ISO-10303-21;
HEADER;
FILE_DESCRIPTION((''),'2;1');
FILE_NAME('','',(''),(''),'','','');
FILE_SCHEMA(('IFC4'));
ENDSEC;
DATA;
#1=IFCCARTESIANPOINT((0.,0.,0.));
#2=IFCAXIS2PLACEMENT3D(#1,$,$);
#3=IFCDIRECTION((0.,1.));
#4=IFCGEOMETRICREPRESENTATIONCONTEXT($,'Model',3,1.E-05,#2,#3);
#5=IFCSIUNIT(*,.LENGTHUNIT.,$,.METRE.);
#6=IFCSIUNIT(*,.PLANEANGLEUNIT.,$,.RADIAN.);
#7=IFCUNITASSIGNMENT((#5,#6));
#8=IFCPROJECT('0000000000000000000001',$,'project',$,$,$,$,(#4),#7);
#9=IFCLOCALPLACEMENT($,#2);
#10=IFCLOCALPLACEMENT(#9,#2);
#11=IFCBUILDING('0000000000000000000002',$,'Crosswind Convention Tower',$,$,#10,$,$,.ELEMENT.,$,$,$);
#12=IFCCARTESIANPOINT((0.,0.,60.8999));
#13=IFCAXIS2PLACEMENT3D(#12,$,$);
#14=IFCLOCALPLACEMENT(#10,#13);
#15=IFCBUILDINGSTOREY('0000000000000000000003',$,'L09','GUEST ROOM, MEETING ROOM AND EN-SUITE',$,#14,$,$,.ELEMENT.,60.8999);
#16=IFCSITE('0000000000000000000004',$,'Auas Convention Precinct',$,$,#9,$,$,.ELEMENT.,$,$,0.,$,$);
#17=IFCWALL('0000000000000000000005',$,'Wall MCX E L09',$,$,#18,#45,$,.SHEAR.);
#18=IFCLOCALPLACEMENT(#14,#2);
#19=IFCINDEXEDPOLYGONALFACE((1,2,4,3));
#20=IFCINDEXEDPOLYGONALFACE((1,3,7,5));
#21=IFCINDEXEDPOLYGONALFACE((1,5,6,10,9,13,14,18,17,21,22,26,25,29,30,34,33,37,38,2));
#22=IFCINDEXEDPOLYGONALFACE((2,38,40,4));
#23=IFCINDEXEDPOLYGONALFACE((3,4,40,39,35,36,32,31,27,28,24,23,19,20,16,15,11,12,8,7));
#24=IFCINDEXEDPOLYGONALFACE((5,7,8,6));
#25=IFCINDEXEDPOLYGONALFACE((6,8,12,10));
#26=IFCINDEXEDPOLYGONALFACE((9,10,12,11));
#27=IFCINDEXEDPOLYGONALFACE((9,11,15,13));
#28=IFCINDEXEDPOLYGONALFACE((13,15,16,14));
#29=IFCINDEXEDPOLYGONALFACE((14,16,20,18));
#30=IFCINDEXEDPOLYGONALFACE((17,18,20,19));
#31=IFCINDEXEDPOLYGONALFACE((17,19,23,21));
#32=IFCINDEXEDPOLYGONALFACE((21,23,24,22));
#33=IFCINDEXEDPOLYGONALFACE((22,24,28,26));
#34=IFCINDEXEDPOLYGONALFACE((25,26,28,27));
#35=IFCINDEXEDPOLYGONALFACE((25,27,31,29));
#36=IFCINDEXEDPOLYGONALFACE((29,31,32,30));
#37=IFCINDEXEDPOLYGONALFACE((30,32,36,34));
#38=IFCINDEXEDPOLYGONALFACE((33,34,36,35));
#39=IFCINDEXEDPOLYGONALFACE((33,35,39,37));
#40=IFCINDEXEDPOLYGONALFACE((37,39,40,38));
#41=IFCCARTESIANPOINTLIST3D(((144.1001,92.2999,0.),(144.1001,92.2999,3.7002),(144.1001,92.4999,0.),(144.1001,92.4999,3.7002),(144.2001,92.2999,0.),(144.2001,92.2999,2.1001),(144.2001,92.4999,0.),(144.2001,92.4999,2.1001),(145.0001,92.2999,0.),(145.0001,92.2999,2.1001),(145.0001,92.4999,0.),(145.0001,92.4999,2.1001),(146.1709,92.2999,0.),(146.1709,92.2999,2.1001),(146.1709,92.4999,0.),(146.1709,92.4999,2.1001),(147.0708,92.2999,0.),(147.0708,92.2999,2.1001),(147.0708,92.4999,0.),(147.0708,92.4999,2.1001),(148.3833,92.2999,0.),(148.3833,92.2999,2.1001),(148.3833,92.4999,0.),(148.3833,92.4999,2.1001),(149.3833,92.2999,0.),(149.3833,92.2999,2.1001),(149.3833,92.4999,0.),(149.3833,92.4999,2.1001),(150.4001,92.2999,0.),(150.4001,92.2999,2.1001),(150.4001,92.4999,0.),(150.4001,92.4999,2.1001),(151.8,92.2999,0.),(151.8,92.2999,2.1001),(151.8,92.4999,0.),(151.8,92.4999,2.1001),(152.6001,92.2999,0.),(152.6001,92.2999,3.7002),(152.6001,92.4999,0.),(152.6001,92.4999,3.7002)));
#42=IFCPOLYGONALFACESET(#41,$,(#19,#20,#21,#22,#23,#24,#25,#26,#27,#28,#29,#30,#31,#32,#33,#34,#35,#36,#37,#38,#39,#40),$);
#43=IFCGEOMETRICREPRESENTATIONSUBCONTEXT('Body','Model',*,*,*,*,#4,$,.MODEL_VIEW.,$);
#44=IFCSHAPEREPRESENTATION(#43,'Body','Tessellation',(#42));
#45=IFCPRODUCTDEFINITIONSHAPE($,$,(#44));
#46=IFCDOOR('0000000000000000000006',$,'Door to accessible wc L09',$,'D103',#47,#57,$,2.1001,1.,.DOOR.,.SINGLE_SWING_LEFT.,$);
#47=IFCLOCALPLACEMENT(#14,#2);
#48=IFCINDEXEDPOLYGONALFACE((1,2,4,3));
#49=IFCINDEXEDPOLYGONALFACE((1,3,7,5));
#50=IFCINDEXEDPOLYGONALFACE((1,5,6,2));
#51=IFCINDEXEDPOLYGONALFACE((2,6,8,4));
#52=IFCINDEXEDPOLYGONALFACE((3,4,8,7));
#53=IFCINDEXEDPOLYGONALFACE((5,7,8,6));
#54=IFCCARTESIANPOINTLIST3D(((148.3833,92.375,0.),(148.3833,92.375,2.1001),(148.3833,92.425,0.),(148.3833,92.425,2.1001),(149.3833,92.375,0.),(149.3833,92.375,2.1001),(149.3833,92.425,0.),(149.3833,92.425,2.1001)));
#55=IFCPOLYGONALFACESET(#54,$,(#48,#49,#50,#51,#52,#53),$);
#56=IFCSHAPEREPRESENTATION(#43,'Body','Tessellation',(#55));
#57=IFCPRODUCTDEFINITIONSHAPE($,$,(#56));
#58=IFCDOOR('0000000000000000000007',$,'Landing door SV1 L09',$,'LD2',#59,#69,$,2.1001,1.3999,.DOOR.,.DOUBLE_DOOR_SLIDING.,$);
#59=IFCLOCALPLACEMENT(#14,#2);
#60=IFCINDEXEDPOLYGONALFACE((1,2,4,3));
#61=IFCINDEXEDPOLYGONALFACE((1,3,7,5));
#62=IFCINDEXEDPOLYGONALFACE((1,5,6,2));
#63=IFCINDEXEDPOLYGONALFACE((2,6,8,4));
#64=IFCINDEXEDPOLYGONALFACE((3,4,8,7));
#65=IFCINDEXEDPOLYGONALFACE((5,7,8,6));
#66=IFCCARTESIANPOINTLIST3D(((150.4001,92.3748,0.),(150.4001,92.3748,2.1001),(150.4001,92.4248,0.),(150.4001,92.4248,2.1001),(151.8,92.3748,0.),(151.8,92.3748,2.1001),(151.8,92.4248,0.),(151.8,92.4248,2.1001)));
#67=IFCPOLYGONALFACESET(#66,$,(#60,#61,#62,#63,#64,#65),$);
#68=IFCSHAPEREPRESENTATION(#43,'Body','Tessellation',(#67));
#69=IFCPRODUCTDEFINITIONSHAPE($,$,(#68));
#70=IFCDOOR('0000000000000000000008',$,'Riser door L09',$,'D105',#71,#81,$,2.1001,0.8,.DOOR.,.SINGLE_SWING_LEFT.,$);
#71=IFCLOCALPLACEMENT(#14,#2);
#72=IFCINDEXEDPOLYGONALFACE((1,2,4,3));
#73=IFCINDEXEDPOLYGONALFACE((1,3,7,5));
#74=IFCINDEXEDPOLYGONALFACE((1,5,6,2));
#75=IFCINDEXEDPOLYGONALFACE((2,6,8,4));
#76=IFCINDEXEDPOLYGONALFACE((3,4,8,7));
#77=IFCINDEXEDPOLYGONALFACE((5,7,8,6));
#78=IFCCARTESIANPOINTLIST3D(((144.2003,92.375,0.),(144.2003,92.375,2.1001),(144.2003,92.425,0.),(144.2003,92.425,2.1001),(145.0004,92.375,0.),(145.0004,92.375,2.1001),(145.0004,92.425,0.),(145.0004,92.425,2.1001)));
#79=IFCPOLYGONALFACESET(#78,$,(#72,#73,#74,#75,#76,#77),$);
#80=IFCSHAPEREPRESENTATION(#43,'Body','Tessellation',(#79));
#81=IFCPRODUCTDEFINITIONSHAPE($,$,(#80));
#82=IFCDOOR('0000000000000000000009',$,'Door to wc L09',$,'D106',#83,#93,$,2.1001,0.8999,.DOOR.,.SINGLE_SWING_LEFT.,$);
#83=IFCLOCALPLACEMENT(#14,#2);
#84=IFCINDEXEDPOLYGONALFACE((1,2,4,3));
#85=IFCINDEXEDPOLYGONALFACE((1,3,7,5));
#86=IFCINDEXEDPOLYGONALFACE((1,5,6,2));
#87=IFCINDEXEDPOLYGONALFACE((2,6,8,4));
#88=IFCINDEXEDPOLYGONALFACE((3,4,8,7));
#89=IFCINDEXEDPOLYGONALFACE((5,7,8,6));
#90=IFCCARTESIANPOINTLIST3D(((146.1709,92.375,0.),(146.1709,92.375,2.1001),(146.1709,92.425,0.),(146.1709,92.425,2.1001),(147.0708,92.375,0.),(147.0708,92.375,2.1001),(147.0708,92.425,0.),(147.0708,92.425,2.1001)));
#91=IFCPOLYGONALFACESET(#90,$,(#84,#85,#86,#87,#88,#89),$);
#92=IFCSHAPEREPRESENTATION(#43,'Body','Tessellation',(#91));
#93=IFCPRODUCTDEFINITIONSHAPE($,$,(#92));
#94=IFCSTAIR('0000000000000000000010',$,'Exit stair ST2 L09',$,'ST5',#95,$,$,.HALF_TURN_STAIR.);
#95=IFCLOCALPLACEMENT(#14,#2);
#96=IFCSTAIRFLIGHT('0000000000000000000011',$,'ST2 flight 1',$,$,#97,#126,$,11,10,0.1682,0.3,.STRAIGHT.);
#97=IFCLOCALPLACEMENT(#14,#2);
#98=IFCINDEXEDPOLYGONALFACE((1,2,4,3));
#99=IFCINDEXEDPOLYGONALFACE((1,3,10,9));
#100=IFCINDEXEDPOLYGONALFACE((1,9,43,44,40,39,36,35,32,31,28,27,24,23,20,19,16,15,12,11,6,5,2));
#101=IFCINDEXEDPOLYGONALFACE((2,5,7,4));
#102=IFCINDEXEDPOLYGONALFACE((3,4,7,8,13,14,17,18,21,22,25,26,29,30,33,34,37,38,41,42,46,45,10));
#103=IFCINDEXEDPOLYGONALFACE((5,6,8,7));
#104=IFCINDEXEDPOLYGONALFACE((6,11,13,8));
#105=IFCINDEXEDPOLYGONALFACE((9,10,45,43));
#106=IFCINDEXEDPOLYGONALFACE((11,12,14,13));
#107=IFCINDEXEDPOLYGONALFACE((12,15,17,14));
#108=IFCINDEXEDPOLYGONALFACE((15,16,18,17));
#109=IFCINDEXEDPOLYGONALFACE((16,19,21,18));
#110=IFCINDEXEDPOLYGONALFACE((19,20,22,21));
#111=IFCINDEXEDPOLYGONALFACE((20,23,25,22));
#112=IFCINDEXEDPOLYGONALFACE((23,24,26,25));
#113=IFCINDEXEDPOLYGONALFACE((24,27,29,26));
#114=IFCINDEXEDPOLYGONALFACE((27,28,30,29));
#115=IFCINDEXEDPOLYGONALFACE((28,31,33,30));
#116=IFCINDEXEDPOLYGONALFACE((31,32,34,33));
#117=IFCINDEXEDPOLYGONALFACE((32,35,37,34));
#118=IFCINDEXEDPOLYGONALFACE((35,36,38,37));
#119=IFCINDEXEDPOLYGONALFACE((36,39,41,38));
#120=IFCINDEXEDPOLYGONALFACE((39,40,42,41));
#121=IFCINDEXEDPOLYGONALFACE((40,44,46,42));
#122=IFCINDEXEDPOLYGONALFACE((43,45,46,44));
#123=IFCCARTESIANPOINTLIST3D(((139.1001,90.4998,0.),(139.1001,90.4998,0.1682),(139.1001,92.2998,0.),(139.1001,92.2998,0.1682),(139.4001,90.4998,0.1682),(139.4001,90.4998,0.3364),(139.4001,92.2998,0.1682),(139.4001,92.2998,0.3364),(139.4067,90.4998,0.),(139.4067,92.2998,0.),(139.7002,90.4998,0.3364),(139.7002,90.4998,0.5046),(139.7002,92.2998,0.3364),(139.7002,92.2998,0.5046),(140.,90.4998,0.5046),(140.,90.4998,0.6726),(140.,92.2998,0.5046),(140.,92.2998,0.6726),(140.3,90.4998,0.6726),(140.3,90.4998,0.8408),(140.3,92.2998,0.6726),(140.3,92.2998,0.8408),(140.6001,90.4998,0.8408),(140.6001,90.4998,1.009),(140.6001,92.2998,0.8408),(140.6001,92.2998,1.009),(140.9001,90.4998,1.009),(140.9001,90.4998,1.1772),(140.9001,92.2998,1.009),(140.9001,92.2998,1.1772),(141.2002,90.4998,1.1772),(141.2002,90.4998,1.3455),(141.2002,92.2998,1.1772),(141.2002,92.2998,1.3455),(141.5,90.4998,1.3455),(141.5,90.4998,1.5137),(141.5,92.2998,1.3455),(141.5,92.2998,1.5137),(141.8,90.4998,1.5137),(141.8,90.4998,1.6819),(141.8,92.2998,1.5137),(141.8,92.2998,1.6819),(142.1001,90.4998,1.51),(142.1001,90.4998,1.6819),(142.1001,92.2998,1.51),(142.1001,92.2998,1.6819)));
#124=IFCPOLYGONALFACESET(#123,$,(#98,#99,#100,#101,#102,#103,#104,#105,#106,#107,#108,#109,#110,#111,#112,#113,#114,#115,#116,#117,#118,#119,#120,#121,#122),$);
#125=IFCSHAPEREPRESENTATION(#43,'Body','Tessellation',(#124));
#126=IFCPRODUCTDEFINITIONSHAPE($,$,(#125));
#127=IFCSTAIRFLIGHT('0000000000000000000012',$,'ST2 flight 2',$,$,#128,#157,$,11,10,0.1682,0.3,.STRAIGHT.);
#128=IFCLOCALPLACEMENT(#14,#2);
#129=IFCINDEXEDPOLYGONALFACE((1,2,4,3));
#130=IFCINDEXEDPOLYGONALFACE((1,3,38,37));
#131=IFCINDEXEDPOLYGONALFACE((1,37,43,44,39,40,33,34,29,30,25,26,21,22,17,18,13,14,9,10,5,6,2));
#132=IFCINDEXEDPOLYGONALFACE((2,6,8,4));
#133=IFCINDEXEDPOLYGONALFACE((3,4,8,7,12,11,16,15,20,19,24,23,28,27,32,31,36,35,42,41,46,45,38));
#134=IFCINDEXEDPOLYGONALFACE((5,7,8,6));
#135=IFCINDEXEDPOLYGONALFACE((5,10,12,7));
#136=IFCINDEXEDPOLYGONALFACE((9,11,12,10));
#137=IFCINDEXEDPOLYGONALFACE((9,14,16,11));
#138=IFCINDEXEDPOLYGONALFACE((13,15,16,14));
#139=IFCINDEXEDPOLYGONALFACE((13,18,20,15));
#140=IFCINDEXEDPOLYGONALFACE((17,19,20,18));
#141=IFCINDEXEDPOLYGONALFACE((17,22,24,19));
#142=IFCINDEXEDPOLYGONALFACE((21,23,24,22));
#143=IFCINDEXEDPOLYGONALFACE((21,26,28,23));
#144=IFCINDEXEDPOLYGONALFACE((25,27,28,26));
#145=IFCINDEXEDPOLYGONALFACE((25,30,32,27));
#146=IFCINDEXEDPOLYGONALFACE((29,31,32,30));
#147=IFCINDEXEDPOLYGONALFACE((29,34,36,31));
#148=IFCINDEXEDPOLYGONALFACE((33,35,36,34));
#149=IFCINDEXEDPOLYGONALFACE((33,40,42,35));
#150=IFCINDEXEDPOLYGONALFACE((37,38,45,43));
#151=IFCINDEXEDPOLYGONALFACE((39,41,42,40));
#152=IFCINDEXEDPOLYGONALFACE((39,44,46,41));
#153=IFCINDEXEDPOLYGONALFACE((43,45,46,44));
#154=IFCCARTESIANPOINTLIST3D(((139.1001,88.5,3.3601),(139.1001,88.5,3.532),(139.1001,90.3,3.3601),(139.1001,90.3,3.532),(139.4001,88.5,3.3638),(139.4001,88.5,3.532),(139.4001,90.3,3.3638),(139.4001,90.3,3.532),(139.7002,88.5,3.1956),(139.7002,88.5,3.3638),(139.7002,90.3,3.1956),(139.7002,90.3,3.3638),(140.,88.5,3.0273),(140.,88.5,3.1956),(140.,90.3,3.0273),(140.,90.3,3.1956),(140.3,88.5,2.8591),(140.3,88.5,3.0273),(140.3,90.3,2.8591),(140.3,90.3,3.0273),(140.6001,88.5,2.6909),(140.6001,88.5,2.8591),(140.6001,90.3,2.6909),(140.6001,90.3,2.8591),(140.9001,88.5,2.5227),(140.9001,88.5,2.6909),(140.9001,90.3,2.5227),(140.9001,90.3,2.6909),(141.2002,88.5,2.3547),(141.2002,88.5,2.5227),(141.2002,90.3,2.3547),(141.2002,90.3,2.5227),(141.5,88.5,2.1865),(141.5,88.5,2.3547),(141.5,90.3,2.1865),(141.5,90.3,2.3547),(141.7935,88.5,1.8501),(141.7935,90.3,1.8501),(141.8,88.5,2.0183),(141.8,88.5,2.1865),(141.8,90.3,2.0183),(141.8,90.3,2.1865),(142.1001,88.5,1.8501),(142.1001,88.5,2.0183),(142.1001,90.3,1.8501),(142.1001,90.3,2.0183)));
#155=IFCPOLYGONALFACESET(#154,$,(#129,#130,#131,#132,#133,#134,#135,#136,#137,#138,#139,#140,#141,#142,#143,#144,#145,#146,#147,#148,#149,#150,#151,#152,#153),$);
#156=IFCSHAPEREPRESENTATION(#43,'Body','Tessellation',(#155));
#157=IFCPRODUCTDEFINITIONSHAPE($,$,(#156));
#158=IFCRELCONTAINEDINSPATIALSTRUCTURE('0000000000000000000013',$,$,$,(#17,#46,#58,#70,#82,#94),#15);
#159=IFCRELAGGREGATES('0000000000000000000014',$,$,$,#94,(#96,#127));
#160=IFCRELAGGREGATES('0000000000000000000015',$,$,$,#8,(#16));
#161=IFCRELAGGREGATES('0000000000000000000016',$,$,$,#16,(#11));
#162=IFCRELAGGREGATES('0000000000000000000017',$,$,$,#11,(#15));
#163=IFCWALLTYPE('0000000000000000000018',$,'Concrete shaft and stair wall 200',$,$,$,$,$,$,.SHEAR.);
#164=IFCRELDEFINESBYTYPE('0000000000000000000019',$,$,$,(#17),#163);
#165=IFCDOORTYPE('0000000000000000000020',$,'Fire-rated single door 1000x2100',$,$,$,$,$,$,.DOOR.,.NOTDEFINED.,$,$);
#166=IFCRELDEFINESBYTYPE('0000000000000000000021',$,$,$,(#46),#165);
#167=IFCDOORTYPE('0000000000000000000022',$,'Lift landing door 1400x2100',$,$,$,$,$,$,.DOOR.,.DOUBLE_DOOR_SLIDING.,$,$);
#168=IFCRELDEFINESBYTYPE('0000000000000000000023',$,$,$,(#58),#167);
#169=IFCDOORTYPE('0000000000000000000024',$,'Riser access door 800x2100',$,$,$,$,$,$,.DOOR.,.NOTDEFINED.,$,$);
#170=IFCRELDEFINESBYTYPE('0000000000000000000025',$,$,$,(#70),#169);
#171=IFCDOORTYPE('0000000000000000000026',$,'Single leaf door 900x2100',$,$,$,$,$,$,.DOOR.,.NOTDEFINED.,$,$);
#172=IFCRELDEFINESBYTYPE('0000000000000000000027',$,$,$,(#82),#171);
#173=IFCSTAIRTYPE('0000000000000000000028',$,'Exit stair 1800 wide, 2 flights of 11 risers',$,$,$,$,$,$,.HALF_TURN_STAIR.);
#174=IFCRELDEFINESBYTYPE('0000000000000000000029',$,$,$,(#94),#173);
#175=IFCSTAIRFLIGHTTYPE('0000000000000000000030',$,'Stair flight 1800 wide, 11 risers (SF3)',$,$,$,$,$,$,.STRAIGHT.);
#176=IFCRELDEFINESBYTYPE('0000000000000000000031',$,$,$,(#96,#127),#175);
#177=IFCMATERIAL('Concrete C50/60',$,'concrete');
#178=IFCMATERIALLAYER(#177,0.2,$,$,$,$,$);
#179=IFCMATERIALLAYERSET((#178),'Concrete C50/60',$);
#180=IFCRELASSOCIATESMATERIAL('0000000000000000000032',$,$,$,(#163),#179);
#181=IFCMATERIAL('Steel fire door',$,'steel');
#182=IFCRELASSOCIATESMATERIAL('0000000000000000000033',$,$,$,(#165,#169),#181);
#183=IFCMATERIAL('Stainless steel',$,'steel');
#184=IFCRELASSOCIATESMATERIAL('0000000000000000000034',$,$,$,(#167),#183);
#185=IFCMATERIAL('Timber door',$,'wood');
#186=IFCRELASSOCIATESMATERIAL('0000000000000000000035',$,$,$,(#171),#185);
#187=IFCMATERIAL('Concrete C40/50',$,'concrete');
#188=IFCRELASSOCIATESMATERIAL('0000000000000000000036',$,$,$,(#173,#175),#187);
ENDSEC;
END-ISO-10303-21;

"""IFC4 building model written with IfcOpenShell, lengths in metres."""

from ifc_helpers import new_model, si_unit, direction, frame, frame_2d, origin, place, context, subcontext, project, spatial, polyline, rectangle, outline, extrude, material, layer, layer_set, type_object, element, fill, aggregate, save


model = new_model("IFC4")

# Units and contexts
model_context = context("Model", 3, precision=1e-05, world=origin(), true_north=direction((0.0, 1.0)))
body_context = subcontext(model_context, "Body", "Model", "MODEL_VIEW")
ifc_project = project(units=[si_unit("LENGTHUNIT", "METRE"), si_unit("PLANEANGLEUNIT", "RADIAN")], contexts=[model_context])

# Site, building, storey
site_placement = place(None, origin())
site = spatial("IfcSite", under=ifc_project, at=site_placement, Name="Auas Convention Precinct", CompositionType="ELEMENT", RefElevation=0.0)
building_placement = place(site_placement, origin())
building = spatial("IfcBuilding", under=site, at=building_placement, Name="Crosswind Convention Tower", CompositionType="ELEMENT")
storey_placement = place(building_placement, frame((0.0, 0.0, 60.8999)))
storey = spatial("IfcBuildingStorey", under=building, at=storey_placement, Name="L09", Description="GUEST ROOM, MEETING ROOM AND EN-SUITE", CompositionType="ELEMENT", Elevation=60.8999)

# Shared definitions
ifc_material_1 = material(Name="Concrete C50/60", Category="concrete")

# Shared definitions
ifc_layer_1 = layer(ifc_material_1, 0.2)
ifc_layer_set_1 = layer_set([ifc_layer_1], Name="Concrete C50/60")
wall_type_1 = type_object("IfcWallType", Name="Concrete shaft and stair wall 200", PredefinedType="SHEAR", material=ifc_layer_set_1)

# Shared definitions
ifc_material_2 = material(Name="Stainless steel", Category="steel")

# Shared definitions
ifc_material_3 = material(Name="Steel fire door", Category="steel")
door_type_1 = type_object("IfcDoorType", Name="Fire-rated single door 1000x2100", OperationType="NOTDEFINED", PredefinedType="DOOR", material=ifc_material_3)

# Wall, openings, doors
wall_1_placement = place(storey_placement, frame((144.1001, 92.3999, 0.0), z_axis=(0.0, 0.0, 1.0), x_axis=(1.0, 0.0, 0.0)))
wall_1 = element("IfcWall", 1, at=wall_1_placement, inside=storey, type_object=wall_type_1, Name="Wall MCX E L09", PredefinedType="SHEAR", context=body_context, shape_type="SweptSolid", body=[
    extrude(rectangle(XDim=8.5, YDim=0.2, at=frame_2d((4.25, 0.0))), origin(), (0.0, 0.0, 1.0), 3.7002),
])
opening_1_placement = place(wall_1_placement, frame((0.1001, 0.0, 0.0)))
opening_1 = element("IfcOpeningElement", 2, at=opening_1_placement, cuts=wall_1, PredefinedType="OPENING", context=body_context, shape_type="SweptSolid", body=[
    extrude(rectangle(XDim=0.8, YDim=2.1001, at=frame_2d((0.3999, 1.05))), frame((0.0, 0.1099, 0.0), z_axis=(0.0, -1.0, 0.0), x_axis=(1.0, 0.0, 0.0)), (0.0, 0.0, 1.0), 0.22),
])
opening_2_placement = place(wall_1_placement, frame((2.0708, 0.0, 0.0)))
opening_2 = element("IfcOpeningElement", 3, at=opening_2_placement, cuts=wall_1, PredefinedType="OPENING", context=body_context, shape_type="SweptSolid", body=[
    extrude(rectangle(XDim=0.8999, YDim=2.1001, at=frame_2d((0.45, 1.05))), frame((0.0, 0.1099, 0.0), z_axis=(0.0, -1.0, 0.0), x_axis=(1.0, 0.0, 0.0)), (0.0, 0.0, 1.0), 0.22),
])
opening_3_placement = place(wall_1_placement, frame((4.2832, 0.0, 0.0)))
opening_3 = element("IfcOpeningElement", 4, at=opening_3_placement, cuts=wall_1, PredefinedType="OPENING", context=body_context, shape_type="SweptSolid", body=[
    extrude(rectangle(XDim=1.0, YDim=2.1001, at=frame_2d((0.5, 1.05))), frame((0.0, 0.1099, 0.0), z_axis=(0.0, -1.0, 0.0), x_axis=(1.0, 0.0, 0.0)), (0.0, 0.0, 1.0), 0.22),
])
opening_4_placement = place(wall_1_placement, frame((6.3, 0.0, 0.0)))
opening_4 = element("IfcOpeningElement", 5, at=opening_4_placement, cuts=wall_1, PredefinedType="OPENING", context=body_context, shape_type="SweptSolid", body=[
    extrude(rectangle(XDim=1.3999, YDim=2.1001, at=frame_2d((0.7, 1.05))), frame((0.0, 0.1099, 0.0), z_axis=(0.0, -1.0, 0.0), x_axis=(1.0, 0.0, 0.0)), (0.0, 0.0, 1.0), 0.22),
])
door_1_placement = place(opening_3_placement, frame((1.0, 0.0, 0.0), z_axis=(0.0, 0.0, 1.0), x_axis=(-1.0, 0.0, 0.0)))
door_1 = element("IfcDoor", 6, at=door_1_placement, inside=storey, type_object=door_type_1, Name="Door to accessible wc L09", ObjectType="D103", OperationType="SINGLE_SWING_LEFT", OverallHeight=2.1001, OverallWidth=1.0, PredefinedType="DOOR", context=body_context, shape_type="SweptSolid", body=[
    extrude(rectangle(XDim=1.0, YDim=2.1001, at=frame_2d((0.5, 1.05))), frame((0.0, 0.0249, 0.0), z_axis=(0.0, -1.0, 0.0), x_axis=(1.0, 0.0, 0.0)), (0.0, 0.0, 1.0), 0.05),
])
fill(opening_3, door_1)
door_type_2 = type_object("IfcDoorType", Name="Lift landing door 1400x2100", OperationType="DOUBLE_DOOR_SLIDING", PredefinedType="DOOR", material=ifc_material_2)
door_2_placement = place(opening_4_placement, origin())
door_2 = element("IfcDoor", 7, at=door_2_placement, inside=storey, type_object=door_type_2, Name="Landing door SV1 L09", ObjectType="LD2", OperationType="DOUBLE_DOOR_SLIDING", OverallHeight=2.1001, OverallWidth=1.3999, PredefinedType="DOOR", context=body_context, shape_type="SweptSolid", body=[
    extrude(rectangle(XDim=1.3999, YDim=2.1001, at=frame_2d((0.7, 1.05))), frame((0.0, 0.0249, 0.0), z_axis=(0.0, -1.0, 0.0), x_axis=(1.0, 0.0, 0.0)), (0.0, 0.0, 1.0), 0.05),
])
fill(opening_4, door_2)
door_type_3 = type_object("IfcDoorType", Name="Riser access door 800x2100", OperationType="NOTDEFINED", PredefinedType="DOOR", material=ifc_material_3)
door_3_placement = place(opening_1_placement, frame((0.8, 0.0, 0.0), z_axis=(0.0, 0.0, 1.0), x_axis=(-1.0, 0.0, 0.0)))
door_3 = element("IfcDoor", 8, at=door_3_placement, inside=storey, type_object=door_type_3, Name="Riser door L09", ObjectType="D105", OperationType="SINGLE_SWING_LEFT", OverallHeight=2.1001, OverallWidth=0.8, PredefinedType="DOOR", context=body_context, shape_type="SweptSolid", body=[
    extrude(rectangle(XDim=0.8, YDim=2.1001, at=frame_2d((0.3999, 1.05))), frame((0.0, 0.0249, 0.0), z_axis=(0.0, -1.0, 0.0), x_axis=(1.0, 0.0, 0.0)), (0.0, 0.0, 1.0), 0.05),
])
fill(opening_1, door_3)
ifc_material_4 = material(Name="Timber door", Category="wood")
door_type_4 = type_object("IfcDoorType", Name="Single leaf door 900x2100", OperationType="NOTDEFINED", PredefinedType="DOOR", material=ifc_material_4)
door_4_placement = place(opening_2_placement, frame((0.8999, 0.0, 0.0), z_axis=(0.0, 0.0, 1.0), x_axis=(-1.0, 0.0, 0.0)))
door_4 = element("IfcDoor", 9, at=door_4_placement, inside=storey, type_object=door_type_4, Name="Door to wc L09", ObjectType="D106", OperationType="SINGLE_SWING_LEFT", OverallHeight=2.1001, OverallWidth=0.8999, PredefinedType="DOOR", context=body_context, shape_type="SweptSolid", body=[
    extrude(rectangle(XDim=0.8999, YDim=2.1001, at=frame_2d((0.45, 1.05))), frame((0.0, 0.0249, 0.0), z_axis=(0.0, -1.0, 0.0), x_axis=(1.0, 0.0, 0.0)), (0.0, 0.0, 1.0), 0.05),
])
fill(opening_2, door_4)

# Stair, stair flights
ifc_material_5 = material(Name="Concrete C40/50", Category="concrete")
stair_type = type_object("IfcStairType", Name="Exit stair 1800 wide, 2 flights of 11 risers", PredefinedType="HALF_TURN_STAIR", material=ifc_material_5)
stair_placement = place(storey_placement, origin())
stair = element("IfcStair", 10, at=stair_placement, inside=storey, type_object=stair_type, Name="Exit stair ST2 L09", ObjectType="ST5", PredefinedType="HALF_TURN_STAIR")
stair_flight_type = type_object("IfcStairFlightType", Name="Stair flight 1800 wide, 11 risers (SF3)", PredefinedType="STRAIGHT", material=ifc_material_5)
stair_flight_1_placement = place(storey_placement, frame((139.1001, 91.3999, 0.0), z_axis=(0.0, 0.0, 1.0), x_axis=(1.0, 0.0, 0.0)))
stair_flight_1 = element("IfcStairFlight", 11, at=stair_flight_1_placement, type_object=stair_flight_type, Name="ST2 flight 1", NumberOfRisers=11, NumberOfTreads=10, PredefinedType="STRAIGHT", RiserHeight=0.1682, TreadLength=0.3, context=body_context, shape_type="SweptSolid", body=[
    extrude(outline(polyline([(0.0, 0.0), (0.0, 0.1682), (0.3, 0.1682), (0.3, 0.3364), (0.6001, 0.3364), (0.6001, 0.5046), (0.8999, 0.5046), (0.8999, 0.6726), (1.2, 0.6726), (1.2, 0.8408), (1.5, 0.8408), (1.5, 1.009), (1.8, 1.009), (1.8, 1.1772), (2.1001, 1.1772), (2.1001, 1.3455), (2.3999, 1.3455), (2.3999, 1.5137), (2.7, 1.5137), (2.7, 1.6819), (3.0, 1.6819), (3.0, 1.8501), (3.0, 1.51), (0.3066, 0.0), (0.0, 0.0)])), frame((0.0, 0.8999, 0.0), z_axis=(0.0, -1.0, 0.0), x_axis=(1.0, 0.0, 0.0)), (0.0, 0.0, 1.0), 1.8),
])
stair_flight_2_placement = place(storey_placement, frame((142.1001, 89.3999, 1.8501), z_axis=(0.0, 0.0, 1.0), x_axis=(-1.0, 0.0, 0.0)))
stair_flight_2 = element("IfcStairFlight", 12, at=stair_flight_2_placement, type_object=stair_flight_type, Name="ST2 flight 2", NumberOfRisers=11, NumberOfTreads=10, PredefinedType="STRAIGHT", RiserHeight=0.1682, TreadLength=0.3, context=body_context, shape_type="SweptSolid", body=[
    extrude(outline(polyline([(0.0, 0.0), (0.0, 0.1682), (0.3, 0.1682), (0.3, 0.3364), (0.6001, 0.3364), (0.6001, 0.5046), (0.8999, 0.5046), (0.8999, 0.6726), (1.2, 0.6726), (1.2, 0.8408), (1.5, 0.8408), (1.5, 1.009), (1.8, 1.009), (1.8, 1.1772), (2.1001, 1.1772), (2.1001, 1.3455), (2.3999, 1.3455), (2.3999, 1.5137), (2.7, 1.5137), (2.7, 1.6819), (3.0, 1.6819), (3.0, 1.8501), (3.0, 1.51), (0.3066, 0.0), (0.0, 0.0)])), frame((0.0, 0.8999, 0.0), z_axis=(0.0, -1.0, 0.0), x_axis=(1.0, 0.0, 0.0)), (0.0, 0.0, 1.0), 1.8),
])
aggregate(stair, [stair_flight_1, stair_flight_2])

save(model, "model.ifc")
